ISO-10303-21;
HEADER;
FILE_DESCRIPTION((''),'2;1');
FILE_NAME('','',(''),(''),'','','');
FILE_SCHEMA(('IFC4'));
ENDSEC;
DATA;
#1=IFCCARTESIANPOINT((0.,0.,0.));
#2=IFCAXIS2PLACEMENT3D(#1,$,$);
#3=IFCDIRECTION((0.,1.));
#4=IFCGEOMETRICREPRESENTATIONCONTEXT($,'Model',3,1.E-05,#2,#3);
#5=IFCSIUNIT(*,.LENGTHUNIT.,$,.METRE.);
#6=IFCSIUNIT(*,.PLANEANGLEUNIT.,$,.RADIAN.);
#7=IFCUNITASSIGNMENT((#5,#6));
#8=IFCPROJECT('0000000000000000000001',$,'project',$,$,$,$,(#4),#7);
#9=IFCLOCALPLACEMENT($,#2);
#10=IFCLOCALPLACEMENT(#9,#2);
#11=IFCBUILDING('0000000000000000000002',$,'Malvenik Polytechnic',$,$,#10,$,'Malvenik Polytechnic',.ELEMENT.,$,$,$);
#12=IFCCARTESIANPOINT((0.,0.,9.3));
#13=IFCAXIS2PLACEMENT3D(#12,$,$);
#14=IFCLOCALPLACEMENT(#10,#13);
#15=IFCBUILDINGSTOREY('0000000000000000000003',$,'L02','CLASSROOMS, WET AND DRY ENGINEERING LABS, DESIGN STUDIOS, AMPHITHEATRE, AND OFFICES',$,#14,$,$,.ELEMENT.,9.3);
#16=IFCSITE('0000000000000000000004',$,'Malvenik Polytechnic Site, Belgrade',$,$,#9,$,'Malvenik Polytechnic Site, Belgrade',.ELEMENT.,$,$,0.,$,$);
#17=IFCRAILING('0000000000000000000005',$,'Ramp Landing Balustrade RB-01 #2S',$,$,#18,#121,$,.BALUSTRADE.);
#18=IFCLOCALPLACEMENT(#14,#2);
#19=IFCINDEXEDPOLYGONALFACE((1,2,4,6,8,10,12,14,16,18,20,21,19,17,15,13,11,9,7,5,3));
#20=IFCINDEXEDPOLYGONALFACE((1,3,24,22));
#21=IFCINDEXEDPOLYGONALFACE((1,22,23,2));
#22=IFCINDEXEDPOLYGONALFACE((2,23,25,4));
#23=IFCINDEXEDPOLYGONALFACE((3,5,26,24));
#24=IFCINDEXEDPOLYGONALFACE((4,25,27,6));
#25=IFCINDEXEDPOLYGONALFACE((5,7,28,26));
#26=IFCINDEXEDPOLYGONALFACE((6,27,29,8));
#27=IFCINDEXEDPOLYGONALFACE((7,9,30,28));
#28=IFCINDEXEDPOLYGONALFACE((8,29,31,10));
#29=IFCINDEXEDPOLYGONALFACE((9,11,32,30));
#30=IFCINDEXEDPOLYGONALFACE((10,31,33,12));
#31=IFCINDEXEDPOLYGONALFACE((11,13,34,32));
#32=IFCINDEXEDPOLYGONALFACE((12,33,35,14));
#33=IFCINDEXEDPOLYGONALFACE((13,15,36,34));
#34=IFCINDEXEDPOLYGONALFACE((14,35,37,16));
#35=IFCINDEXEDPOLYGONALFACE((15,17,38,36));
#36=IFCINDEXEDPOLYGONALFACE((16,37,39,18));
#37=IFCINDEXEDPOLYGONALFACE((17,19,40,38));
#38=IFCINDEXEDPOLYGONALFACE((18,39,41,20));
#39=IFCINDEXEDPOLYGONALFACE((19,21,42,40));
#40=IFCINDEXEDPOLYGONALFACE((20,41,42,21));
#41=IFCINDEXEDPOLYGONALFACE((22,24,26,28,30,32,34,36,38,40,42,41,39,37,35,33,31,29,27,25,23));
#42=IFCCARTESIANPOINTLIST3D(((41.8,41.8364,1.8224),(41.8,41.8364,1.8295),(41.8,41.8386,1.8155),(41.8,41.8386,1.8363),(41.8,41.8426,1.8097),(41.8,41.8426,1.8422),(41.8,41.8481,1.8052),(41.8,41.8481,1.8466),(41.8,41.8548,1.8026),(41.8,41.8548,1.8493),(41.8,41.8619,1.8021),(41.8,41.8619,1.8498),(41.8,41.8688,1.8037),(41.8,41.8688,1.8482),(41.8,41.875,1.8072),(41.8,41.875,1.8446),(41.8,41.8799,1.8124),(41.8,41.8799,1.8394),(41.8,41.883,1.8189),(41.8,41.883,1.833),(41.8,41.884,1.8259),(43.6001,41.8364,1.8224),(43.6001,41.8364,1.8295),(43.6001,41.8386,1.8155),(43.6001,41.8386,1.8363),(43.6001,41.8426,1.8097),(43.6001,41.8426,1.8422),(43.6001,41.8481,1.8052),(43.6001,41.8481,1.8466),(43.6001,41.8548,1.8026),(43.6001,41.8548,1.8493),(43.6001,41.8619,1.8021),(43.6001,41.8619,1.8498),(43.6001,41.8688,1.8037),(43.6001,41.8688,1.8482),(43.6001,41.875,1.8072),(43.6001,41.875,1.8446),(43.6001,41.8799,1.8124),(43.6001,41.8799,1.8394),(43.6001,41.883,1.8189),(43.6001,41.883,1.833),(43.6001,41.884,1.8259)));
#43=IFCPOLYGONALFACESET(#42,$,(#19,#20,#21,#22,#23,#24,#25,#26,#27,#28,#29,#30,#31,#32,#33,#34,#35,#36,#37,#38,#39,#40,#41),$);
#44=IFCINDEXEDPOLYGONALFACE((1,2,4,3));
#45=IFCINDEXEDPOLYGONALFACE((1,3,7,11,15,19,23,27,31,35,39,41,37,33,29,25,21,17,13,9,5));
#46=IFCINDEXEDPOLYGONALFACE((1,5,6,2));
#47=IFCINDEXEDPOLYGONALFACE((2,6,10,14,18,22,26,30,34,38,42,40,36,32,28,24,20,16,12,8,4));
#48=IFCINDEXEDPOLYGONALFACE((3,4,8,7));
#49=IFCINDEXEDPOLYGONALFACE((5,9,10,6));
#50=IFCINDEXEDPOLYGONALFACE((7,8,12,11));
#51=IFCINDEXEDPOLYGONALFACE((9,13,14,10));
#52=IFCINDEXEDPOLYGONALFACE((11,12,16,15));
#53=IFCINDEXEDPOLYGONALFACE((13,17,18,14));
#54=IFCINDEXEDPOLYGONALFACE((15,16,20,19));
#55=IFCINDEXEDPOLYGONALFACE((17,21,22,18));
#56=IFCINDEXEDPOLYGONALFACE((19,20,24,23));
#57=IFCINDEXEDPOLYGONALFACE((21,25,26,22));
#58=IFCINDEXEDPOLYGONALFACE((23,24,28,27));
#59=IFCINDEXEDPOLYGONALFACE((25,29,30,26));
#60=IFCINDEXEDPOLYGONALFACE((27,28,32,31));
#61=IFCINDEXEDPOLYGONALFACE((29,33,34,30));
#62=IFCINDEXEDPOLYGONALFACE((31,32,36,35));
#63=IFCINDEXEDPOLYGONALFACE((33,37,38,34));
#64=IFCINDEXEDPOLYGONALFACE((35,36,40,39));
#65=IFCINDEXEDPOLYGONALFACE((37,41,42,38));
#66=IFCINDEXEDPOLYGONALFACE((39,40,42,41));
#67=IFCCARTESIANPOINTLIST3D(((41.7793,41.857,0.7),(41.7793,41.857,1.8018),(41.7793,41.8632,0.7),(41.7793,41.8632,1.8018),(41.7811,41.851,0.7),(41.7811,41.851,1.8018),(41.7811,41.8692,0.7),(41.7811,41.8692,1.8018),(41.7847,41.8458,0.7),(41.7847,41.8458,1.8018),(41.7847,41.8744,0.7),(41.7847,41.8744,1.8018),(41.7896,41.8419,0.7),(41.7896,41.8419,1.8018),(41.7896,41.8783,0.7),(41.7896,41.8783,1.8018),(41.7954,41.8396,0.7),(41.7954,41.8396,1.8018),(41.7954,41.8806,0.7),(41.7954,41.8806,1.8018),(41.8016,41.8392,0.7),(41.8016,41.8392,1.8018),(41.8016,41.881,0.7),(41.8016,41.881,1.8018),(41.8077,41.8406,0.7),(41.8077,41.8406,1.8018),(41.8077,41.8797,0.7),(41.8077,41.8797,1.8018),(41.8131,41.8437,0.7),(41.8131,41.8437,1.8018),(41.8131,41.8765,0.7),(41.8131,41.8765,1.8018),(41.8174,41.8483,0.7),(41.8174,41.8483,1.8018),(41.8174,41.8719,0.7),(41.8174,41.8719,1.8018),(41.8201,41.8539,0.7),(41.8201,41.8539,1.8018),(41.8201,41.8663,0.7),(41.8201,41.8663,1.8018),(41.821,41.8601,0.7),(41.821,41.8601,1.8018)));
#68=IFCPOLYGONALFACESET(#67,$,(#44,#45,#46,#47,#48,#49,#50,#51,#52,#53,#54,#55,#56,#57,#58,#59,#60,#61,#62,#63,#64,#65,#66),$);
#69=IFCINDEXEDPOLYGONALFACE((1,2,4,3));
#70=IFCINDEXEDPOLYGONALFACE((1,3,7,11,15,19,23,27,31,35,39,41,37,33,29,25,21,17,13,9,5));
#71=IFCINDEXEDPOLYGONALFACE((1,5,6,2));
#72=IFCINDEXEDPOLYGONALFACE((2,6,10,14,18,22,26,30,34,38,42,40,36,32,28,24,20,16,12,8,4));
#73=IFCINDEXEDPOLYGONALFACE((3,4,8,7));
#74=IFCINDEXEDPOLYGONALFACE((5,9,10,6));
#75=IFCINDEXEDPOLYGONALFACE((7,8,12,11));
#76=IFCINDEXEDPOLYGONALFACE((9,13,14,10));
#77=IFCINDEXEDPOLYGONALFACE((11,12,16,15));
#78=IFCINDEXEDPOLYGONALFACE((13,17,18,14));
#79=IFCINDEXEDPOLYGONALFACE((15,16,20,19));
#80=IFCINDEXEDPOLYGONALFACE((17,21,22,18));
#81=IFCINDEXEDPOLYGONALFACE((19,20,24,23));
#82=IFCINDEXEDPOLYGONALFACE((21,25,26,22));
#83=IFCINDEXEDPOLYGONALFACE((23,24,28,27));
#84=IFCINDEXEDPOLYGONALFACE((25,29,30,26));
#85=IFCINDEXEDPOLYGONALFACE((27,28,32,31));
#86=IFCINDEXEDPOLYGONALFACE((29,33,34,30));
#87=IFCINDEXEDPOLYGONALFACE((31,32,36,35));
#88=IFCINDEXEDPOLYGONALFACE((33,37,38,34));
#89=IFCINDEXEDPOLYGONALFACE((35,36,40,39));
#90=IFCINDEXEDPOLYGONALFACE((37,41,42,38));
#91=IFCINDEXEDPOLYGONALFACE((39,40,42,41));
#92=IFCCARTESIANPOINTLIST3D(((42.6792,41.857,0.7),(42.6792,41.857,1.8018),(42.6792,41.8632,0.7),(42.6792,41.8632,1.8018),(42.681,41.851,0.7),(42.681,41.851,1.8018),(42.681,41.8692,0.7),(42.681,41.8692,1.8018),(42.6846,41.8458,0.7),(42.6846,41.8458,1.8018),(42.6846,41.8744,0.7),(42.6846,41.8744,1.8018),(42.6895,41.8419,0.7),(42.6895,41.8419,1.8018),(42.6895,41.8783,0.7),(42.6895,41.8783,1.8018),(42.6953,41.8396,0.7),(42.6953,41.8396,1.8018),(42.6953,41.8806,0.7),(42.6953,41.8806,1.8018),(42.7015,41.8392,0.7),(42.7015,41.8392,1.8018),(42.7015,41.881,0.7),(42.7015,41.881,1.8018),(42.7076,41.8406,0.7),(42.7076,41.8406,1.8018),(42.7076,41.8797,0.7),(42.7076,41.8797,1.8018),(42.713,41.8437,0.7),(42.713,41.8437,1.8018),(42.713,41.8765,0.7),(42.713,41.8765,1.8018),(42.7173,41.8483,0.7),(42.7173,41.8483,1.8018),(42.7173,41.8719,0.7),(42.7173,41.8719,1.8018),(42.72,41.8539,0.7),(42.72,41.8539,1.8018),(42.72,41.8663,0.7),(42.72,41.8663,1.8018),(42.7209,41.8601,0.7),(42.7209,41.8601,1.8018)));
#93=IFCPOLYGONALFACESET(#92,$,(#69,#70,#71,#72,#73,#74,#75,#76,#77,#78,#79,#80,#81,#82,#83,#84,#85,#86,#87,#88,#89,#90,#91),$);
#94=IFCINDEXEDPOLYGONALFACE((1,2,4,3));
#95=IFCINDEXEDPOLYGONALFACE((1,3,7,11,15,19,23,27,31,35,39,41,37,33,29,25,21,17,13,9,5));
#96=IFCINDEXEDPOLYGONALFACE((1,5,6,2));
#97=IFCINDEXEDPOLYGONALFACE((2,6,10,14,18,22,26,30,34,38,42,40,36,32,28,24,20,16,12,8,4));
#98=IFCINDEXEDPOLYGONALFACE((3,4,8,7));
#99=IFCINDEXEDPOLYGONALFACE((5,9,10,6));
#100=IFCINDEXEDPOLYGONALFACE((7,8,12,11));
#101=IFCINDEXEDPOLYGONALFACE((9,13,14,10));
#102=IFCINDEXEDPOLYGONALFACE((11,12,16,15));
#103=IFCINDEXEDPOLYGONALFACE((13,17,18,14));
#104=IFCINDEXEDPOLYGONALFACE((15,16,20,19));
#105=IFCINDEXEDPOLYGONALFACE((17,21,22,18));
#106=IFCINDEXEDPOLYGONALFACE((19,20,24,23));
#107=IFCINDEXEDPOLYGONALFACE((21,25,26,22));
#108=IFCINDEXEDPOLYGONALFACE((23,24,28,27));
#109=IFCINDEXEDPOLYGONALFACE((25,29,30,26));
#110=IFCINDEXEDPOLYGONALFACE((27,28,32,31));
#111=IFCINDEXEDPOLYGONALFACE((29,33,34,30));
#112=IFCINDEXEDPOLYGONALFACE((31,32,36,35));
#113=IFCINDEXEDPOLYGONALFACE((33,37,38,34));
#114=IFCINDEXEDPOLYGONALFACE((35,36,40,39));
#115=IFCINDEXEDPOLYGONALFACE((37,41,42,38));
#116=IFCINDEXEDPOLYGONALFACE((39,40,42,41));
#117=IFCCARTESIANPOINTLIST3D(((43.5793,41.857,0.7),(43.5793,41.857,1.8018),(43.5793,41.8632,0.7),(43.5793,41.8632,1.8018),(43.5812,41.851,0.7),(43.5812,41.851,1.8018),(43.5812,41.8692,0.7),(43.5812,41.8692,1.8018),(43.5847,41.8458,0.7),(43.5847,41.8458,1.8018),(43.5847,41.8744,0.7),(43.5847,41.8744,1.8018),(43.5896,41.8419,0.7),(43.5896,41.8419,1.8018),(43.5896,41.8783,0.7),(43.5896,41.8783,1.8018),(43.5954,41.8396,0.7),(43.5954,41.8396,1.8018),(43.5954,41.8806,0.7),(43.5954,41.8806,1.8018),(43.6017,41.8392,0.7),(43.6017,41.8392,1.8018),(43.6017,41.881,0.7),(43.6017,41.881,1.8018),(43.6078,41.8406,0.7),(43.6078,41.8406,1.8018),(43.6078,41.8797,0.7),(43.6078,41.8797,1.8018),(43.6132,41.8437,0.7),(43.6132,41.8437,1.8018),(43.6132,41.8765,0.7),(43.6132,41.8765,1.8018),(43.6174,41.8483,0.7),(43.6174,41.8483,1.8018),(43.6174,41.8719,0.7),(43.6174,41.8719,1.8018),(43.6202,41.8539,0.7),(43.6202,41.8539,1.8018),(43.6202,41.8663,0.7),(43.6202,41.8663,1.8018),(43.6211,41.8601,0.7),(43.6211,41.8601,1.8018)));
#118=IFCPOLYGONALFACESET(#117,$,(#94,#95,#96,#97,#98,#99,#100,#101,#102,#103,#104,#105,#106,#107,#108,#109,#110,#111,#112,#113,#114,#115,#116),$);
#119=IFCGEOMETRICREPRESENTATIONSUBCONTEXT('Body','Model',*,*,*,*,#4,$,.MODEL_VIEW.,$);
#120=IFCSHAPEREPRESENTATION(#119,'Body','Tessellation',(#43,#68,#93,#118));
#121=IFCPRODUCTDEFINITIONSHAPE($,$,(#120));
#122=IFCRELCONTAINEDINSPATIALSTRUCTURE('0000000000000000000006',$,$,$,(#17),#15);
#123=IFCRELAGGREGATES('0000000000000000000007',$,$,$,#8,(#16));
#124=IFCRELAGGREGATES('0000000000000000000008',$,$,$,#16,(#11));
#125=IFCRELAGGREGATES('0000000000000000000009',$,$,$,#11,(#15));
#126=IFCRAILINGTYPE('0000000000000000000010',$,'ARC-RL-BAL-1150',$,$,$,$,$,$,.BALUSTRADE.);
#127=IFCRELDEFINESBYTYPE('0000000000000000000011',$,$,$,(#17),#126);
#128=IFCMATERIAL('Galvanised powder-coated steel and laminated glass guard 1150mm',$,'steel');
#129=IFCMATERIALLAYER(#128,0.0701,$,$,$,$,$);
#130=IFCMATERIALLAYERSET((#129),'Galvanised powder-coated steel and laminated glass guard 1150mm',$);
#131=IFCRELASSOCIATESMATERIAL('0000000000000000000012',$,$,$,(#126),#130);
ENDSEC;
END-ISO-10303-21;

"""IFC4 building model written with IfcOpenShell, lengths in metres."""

from ifc_helpers import new_model, si_unit, direction, frame, origin, origin_2d, place, context, subcontext, project, spatial, circle, extrude, material, layer, layer_set, type_object, element, save


model = new_model("IFC4")

# Units and contexts
model_context = context("Model", 3, precision=1e-05, world=origin(), true_north=direction((0.0, 1.0)))
body_context = subcontext(model_context, "Body", "Model", "MODEL_VIEW")
ifc_project = project(units=[si_unit("LENGTHUNIT", "METRE"), si_unit("PLANEANGLEUNIT", "RADIAN")], contexts=[model_context])

# Site, building, storey
site_placement = place(None, origin())
site = spatial("IfcSite", under=ifc_project, at=site_placement, Name="Malvenik Polytechnic Site, Belgrade", LongName="Malvenik Polytechnic Site, Belgrade", CompositionType="ELEMENT", RefElevation=0.0)
building_placement = place(site_placement, origin())
building = spatial("IfcBuilding", under=site, at=building_placement, Name="Malvenik Polytechnic", LongName="Malvenik Polytechnic", CompositionType="ELEMENT")
storey_placement = place(building_placement, frame((0.0, 0.0, 9.3)))
storey = spatial("IfcBuildingStorey", under=building, at=storey_placement, Name="L02", Description="CLASSROOMS, WET AND DRY ENGINEERING LABS, DESIGN STUDIOS, AMPHITHEATRE, AND OFFICES", CompositionType="ELEMENT", Elevation=9.3)

# Railing
ifc_material_1 = material(Name="Galvanised powder-coated steel and laminated glass guard 1150mm", Category="steel")
ifc_layer_1 = layer(ifc_material_1, 0.0701)
ifc_layer_set_1 = layer_set([ifc_layer_1], Name="Galvanised powder-coated steel and laminated glass guard 1150mm")
railing_type_1 = type_object("IfcRailingType", Name="ARC-RL-BAL-1150", PredefinedType="BALUSTRADE", material=ifc_layer_set_1)
railing_1_placement = place(storey_placement, frame((41.8, 41.8601, 0.7)))
element("IfcRailing", 1, at=railing_1_placement, inside=storey, type_object=railing_type_1, Name="Ramp Landing Balustrade RB-01 #2S", PredefinedType="BALUSTRADE", context=body_context, shape_type="SweptSolid", body=[
    extrude(circle(Radius=0.0239, at=origin_2d()), frame((0.0, 0.0, 1.126), z_axis=(1.0, 0.0, 0.0), x_axis=(0.0, 1.0, 0.0)), (0.0, 0.0, 1.0), 1.8),
    extrude(circle(Radius=0.021, at=origin_2d()), origin(), (0.0, 0.0, 1.0), 1.1018),
    extrude(circle(Radius=0.021, at=origin_2d()), frame((0.8999, 0.0, 0.0)), (0.0, 0.0, 1.0), 1.1018),
    extrude(circle(Radius=0.021, at=origin_2d()), frame((1.8, 0.0, 0.0)), (0.0, 0.0, 1.0), 1.1018),
])

save(model, "model.ifc")
